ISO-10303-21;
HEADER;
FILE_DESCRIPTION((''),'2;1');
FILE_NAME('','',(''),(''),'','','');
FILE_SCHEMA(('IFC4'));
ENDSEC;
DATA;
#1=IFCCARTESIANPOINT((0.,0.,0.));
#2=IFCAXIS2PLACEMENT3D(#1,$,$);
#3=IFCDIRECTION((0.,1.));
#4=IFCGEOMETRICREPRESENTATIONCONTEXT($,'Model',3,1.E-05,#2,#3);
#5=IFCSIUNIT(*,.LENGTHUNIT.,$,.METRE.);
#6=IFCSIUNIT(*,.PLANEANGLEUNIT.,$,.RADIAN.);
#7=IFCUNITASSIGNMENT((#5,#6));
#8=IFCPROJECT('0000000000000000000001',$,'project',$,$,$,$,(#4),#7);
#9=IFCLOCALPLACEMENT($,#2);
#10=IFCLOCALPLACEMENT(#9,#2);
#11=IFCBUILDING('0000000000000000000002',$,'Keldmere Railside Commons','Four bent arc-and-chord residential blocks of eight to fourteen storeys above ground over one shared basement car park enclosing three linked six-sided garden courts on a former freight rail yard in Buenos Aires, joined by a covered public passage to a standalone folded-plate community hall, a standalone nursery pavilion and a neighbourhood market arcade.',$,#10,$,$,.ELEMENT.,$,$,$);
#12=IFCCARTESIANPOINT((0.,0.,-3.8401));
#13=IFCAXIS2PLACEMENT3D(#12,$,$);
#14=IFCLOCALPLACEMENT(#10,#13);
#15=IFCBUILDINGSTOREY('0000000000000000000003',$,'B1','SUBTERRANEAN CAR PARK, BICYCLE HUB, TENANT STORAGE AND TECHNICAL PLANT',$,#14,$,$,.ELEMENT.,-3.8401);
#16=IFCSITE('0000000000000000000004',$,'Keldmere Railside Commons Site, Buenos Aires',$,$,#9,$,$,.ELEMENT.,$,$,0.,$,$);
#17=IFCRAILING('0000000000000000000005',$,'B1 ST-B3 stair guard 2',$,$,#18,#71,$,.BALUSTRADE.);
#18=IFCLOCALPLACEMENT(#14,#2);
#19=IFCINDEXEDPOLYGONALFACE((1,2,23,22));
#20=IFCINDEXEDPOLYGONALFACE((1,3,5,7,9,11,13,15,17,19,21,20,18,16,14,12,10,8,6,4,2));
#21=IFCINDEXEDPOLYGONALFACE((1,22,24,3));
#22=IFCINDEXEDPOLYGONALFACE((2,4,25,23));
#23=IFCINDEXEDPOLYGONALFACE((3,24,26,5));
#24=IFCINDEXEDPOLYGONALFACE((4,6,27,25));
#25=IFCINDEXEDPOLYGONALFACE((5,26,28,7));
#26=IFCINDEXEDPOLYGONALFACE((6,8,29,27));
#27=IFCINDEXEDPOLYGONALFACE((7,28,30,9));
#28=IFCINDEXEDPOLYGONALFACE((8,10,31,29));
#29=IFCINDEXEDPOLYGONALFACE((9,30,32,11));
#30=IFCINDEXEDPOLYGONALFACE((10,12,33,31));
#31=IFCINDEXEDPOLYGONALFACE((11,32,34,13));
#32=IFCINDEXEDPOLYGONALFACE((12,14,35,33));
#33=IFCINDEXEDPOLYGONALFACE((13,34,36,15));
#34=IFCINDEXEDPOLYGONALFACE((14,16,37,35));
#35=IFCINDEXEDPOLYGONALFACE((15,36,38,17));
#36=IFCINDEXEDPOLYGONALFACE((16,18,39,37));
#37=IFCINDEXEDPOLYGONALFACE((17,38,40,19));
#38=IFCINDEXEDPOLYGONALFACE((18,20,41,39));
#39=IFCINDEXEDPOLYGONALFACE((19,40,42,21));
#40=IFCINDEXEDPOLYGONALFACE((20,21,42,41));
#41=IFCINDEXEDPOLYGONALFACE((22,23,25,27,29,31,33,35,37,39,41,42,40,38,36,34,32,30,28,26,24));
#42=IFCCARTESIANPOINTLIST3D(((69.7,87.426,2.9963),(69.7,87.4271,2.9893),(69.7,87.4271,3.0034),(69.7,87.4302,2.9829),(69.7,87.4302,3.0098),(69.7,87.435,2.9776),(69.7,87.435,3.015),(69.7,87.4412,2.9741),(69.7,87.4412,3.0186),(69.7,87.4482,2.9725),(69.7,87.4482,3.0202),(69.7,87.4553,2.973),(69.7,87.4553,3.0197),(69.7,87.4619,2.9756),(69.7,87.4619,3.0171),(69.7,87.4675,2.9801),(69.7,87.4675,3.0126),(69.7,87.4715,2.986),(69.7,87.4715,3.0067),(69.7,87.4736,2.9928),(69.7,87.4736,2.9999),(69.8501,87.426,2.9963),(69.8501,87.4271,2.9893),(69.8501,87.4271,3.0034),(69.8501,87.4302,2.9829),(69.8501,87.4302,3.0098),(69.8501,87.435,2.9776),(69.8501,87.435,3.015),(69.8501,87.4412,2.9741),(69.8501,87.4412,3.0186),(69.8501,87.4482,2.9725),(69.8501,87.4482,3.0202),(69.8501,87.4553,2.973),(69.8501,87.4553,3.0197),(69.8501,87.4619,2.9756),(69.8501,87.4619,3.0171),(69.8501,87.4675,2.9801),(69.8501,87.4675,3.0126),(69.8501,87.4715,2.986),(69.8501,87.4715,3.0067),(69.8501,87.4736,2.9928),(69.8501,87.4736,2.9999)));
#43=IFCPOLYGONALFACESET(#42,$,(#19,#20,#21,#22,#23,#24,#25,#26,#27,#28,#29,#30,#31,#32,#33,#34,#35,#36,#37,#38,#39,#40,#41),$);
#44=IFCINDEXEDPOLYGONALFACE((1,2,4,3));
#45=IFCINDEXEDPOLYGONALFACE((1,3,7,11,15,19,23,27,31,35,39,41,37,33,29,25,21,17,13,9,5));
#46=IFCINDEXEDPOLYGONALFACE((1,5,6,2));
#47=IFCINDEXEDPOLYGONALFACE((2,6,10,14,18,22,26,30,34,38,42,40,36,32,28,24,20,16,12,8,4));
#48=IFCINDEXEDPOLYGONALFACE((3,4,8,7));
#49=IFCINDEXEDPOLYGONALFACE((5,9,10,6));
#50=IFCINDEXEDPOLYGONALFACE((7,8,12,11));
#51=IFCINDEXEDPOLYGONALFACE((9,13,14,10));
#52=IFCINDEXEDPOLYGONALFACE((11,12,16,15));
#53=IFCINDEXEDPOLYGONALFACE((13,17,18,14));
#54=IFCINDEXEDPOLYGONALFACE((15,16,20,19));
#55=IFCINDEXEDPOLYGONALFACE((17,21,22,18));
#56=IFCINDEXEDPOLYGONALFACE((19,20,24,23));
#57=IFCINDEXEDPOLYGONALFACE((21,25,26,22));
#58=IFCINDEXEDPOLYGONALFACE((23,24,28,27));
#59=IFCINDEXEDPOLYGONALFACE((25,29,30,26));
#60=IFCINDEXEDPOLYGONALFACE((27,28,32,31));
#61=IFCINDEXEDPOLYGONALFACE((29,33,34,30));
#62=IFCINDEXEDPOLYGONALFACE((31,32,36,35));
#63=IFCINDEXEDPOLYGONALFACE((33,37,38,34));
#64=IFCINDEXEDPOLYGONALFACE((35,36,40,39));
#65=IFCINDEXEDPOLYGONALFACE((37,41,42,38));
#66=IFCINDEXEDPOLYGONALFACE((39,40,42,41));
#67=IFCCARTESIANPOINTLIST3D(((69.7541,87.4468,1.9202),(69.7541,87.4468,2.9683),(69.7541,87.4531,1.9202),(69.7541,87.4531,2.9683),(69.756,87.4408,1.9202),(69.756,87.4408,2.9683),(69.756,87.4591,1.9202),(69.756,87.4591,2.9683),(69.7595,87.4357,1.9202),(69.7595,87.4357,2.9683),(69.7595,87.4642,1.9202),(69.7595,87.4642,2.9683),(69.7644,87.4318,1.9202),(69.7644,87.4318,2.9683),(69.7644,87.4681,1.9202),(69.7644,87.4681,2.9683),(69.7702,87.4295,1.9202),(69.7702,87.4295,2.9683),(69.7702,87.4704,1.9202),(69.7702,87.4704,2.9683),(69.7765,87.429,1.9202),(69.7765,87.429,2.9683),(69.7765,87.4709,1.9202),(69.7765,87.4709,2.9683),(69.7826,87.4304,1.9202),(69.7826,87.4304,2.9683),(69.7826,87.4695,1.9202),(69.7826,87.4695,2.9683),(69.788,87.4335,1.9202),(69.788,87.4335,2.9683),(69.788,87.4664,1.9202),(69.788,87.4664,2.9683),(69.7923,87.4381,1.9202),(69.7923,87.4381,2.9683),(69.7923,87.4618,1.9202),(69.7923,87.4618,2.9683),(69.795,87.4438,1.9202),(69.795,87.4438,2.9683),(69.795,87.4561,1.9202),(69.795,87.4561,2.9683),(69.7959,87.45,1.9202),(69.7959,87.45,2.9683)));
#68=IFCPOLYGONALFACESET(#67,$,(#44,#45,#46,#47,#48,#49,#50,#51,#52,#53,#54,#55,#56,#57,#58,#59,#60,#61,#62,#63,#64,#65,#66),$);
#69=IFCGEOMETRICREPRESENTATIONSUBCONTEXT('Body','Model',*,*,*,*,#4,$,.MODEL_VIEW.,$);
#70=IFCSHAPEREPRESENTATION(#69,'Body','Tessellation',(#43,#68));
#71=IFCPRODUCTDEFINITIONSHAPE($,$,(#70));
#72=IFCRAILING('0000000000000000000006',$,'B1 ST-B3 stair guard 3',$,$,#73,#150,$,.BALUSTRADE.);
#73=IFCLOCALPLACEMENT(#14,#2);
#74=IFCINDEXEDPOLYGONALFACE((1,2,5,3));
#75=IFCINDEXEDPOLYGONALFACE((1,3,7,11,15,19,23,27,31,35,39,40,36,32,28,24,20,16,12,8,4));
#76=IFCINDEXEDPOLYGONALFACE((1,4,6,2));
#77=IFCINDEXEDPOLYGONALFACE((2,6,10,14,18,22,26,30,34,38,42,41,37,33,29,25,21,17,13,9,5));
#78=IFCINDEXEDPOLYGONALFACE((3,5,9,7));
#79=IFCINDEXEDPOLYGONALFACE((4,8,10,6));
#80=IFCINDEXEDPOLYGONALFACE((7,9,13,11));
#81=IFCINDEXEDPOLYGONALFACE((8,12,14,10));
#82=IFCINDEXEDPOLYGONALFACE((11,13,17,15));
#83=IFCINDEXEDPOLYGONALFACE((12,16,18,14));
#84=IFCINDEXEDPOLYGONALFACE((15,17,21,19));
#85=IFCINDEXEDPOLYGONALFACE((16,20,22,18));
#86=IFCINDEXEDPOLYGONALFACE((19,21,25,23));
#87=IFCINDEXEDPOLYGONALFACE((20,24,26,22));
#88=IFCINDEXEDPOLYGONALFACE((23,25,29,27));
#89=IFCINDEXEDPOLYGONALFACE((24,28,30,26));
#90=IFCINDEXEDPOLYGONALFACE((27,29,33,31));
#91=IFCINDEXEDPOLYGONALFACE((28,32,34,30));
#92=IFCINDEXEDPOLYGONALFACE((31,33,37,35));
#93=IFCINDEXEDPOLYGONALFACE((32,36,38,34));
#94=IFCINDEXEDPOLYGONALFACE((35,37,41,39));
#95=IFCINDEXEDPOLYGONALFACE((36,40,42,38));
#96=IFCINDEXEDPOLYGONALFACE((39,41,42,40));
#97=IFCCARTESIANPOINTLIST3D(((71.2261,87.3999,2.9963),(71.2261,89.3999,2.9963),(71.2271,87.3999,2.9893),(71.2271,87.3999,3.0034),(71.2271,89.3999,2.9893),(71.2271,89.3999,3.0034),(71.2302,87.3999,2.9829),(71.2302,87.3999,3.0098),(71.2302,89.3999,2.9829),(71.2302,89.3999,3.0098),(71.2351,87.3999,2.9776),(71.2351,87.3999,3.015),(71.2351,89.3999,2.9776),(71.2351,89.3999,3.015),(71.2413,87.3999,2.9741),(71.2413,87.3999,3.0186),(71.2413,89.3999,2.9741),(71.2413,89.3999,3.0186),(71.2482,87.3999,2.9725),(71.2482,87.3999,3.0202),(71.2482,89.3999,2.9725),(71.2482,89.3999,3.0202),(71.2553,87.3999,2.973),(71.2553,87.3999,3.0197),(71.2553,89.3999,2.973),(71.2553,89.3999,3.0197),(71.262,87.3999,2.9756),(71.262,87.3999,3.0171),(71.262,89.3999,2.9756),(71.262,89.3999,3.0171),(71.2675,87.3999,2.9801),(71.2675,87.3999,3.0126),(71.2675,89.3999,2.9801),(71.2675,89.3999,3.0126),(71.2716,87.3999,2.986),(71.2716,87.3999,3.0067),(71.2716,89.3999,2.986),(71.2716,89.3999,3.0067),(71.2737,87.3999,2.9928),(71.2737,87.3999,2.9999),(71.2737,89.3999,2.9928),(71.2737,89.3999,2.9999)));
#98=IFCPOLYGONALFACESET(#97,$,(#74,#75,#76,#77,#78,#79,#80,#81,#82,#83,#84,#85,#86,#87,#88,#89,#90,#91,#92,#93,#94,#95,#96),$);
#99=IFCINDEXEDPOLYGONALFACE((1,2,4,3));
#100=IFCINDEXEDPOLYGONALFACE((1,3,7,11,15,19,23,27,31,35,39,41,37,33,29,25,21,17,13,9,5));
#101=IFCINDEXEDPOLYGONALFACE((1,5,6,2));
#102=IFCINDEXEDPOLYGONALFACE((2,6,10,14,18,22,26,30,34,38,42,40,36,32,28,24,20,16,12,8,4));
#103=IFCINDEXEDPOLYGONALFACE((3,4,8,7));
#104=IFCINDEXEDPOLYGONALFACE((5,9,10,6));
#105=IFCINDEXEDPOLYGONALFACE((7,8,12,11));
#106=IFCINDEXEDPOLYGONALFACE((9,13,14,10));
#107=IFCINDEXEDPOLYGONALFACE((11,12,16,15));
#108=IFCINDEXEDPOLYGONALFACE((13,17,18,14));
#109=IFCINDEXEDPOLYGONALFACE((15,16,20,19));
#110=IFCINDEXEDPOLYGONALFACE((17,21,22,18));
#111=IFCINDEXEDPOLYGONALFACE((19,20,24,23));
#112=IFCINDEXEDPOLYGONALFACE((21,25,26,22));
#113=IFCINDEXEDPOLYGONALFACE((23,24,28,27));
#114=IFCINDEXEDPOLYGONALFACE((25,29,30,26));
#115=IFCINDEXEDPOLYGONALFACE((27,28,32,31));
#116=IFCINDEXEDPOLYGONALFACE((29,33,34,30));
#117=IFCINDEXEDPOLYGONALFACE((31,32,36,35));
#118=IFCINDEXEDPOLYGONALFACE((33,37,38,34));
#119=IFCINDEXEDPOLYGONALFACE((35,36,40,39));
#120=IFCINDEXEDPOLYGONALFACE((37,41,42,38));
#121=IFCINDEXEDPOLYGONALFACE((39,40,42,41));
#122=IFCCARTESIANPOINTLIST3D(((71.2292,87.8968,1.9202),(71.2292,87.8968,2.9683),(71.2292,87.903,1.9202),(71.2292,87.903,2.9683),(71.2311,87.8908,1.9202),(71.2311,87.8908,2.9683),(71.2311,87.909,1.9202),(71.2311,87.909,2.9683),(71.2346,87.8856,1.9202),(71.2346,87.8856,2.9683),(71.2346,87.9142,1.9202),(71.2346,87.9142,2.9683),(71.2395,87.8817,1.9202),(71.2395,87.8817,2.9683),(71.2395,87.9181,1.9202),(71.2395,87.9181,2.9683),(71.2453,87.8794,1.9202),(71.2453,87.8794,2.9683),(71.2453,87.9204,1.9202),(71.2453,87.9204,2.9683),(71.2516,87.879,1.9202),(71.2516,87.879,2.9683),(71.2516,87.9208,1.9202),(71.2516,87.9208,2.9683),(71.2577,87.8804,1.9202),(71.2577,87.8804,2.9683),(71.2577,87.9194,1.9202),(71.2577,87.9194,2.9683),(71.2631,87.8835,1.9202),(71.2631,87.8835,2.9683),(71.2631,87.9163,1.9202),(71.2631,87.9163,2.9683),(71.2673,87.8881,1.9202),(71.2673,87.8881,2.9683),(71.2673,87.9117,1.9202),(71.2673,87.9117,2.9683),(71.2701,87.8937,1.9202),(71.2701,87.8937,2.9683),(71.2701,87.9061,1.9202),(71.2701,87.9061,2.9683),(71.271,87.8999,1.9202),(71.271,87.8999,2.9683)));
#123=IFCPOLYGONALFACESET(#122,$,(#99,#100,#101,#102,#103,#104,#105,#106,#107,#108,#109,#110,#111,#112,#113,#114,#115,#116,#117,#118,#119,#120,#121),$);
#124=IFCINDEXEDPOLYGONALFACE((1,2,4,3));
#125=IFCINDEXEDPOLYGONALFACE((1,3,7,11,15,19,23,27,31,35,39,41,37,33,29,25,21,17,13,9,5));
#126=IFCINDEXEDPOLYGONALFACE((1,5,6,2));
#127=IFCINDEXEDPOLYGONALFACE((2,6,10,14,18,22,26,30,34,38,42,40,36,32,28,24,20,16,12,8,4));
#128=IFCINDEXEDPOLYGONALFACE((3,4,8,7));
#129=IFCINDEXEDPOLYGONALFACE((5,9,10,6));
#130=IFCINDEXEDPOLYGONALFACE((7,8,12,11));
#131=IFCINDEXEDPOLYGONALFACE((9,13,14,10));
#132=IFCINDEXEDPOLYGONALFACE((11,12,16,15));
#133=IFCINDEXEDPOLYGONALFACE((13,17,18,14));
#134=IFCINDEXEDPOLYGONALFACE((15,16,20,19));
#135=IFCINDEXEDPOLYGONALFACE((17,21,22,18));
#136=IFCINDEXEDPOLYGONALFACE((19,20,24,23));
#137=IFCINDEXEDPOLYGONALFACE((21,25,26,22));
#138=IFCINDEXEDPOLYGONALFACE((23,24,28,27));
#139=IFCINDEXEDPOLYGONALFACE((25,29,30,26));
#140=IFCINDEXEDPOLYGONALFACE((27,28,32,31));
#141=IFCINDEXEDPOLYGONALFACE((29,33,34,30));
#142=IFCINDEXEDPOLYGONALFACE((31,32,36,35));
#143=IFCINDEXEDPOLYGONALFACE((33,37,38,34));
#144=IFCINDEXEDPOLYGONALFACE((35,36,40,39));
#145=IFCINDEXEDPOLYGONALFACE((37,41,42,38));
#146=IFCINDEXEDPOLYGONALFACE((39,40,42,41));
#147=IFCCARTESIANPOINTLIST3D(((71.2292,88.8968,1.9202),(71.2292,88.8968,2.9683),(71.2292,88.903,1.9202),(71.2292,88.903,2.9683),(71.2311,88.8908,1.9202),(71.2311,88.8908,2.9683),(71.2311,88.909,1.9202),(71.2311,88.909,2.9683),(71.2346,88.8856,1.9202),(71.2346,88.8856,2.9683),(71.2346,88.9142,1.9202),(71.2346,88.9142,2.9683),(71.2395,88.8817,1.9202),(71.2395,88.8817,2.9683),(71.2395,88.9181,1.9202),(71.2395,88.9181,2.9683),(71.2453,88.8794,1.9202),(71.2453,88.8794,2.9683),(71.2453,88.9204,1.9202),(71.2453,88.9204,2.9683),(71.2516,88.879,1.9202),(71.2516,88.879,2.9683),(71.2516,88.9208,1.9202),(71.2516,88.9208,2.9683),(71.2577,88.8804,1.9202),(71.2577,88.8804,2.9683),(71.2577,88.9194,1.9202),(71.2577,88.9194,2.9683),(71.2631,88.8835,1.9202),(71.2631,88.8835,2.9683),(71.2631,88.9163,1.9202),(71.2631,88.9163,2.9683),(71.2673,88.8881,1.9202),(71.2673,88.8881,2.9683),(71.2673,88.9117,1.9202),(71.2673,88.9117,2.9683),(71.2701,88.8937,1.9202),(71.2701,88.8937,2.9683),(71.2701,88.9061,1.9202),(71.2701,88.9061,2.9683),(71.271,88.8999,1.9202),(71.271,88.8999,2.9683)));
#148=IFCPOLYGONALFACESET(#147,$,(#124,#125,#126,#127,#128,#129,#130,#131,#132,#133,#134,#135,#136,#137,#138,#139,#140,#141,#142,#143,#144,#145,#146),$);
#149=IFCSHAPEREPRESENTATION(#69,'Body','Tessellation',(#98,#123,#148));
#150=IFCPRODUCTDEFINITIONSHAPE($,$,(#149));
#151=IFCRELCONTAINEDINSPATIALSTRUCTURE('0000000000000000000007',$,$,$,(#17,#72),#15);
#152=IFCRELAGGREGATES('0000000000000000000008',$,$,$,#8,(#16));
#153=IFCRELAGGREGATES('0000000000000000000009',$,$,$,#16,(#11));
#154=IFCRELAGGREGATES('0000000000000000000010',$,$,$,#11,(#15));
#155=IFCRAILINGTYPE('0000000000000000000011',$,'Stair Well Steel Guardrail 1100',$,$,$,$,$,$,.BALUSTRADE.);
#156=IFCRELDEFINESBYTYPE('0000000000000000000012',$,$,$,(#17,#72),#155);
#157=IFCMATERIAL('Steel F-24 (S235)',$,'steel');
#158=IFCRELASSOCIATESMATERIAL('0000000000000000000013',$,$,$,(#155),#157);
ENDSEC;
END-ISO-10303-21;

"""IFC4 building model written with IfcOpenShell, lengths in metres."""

from ifc_helpers import new_model, si_unit, direction, frame, origin, origin_2d, place, context, subcontext, project, spatial, circle, extrude, material, type_object, element, save


model = new_model("IFC4")

# Units and contexts
model_context = context("Model", 3, precision=1e-05, world=origin(), true_north=direction((0.0, 1.0)))
body_context = subcontext(model_context, "Body", "Model", "MODEL_VIEW")
ifc_project = project(units=[si_unit("LENGTHUNIT", "METRE"), si_unit("PLANEANGLEUNIT", "RADIAN")], contexts=[model_context])

# Site, building, storey
site_placement = place(None, origin())
site = spatial("IfcSite", under=ifc_project, at=site_placement, Name="Keldmere Railside Commons Site, Buenos Aires", CompositionType="ELEMENT", RefElevation=0.0)
building_placement = place(site_placement, origin())
building = spatial("IfcBuilding", under=site, at=building_placement, Name="Keldmere Railside Commons", Description="Four bent arc-and-chord residential blocks of eight to fourteen storeys above ground over one shared basement car park enclosing three linked six-sided garden courts on a former freight rail yard in Buenos Aires, joined by a covered public passage to a standalone folded-plate community hall, a standalone nursery pavilion and a neighbourhood market arcade.", CompositionType="ELEMENT")
storey_placement = place(building_placement, frame((0.0, 0.0, -3.8401)))
storey = spatial("IfcBuildingStorey", under=building, at=storey_placement, Name="B1", Description="SUBTERRANEAN CAR PARK, BICYCLE HUB, TENANT STORAGE AND TECHNICAL PLANT", CompositionType="ELEMENT", Elevation=-3.8401)

# Shared definitions
ifc_material_1 = material(Name="Steel F-24 (S235)", Category="steel")

# Railings
railing_type_1 = type_object("IfcRailingType", Name="Stair Well Steel Guardrail 1100", PredefinedType="BALUSTRADE", material=ifc_material_1)
railing_1_placement = place(storey_placement, frame((69.8501, 87.45, 1.9202)))
element("IfcRailing", 1, at=railing_1_placement, inside=storey, type_object=railing_type_1, Name="B1 ST-B3 stair guard 2", PredefinedType="BALUSTRADE", context=body_context, shape_type="SweptSolid", body=[
    extrude(circle(Radius=0.0239, at=origin_2d()), frame((0.0, 0.0, 1.0762), z_axis=(-1.0, 0.0, 0.0), x_axis=(0.0, -1.0, 0.0)), (0.0, 0.0, 1.0), 0.1501),
    extrude(circle(Radius=0.021, at=origin_2d()), frame((-0.0752, 0.0, 0.0)), (0.0, 0.0, 1.0), 1.0481),
])
for number, where, name in (
    (2, (71.25, 87.3999, 1.9202), "B1 ST-B3 stair guard 3"),
):
    element("IfcRailing", number, at=place(storey_placement, frame(where)), inside=storey, type_object=railing_type_1, Name=name, PredefinedType="BALUSTRADE", context=body_context, shape_type="SweptSolid", body=[
        extrude(circle(Radius=0.0239, at=origin_2d()), frame((0.0, 0.0, 1.0762), z_axis=(0.0, 1.0, 0.0), x_axis=(-1.0, 0.0, 0.0)), (0.0, 0.0, 1.0), 2.0),
        extrude(circle(Radius=0.021, at=origin_2d()), frame((0.0, 0.5, 0.0)), (0.0, 0.0, 1.0), 1.0481),
        extrude(circle(Radius=0.021, at=origin_2d()), frame((0.0, 1.5, 0.0)), (0.0, 0.0, 1.0), 1.0481),
    ])

save(model, "model.ifc")
